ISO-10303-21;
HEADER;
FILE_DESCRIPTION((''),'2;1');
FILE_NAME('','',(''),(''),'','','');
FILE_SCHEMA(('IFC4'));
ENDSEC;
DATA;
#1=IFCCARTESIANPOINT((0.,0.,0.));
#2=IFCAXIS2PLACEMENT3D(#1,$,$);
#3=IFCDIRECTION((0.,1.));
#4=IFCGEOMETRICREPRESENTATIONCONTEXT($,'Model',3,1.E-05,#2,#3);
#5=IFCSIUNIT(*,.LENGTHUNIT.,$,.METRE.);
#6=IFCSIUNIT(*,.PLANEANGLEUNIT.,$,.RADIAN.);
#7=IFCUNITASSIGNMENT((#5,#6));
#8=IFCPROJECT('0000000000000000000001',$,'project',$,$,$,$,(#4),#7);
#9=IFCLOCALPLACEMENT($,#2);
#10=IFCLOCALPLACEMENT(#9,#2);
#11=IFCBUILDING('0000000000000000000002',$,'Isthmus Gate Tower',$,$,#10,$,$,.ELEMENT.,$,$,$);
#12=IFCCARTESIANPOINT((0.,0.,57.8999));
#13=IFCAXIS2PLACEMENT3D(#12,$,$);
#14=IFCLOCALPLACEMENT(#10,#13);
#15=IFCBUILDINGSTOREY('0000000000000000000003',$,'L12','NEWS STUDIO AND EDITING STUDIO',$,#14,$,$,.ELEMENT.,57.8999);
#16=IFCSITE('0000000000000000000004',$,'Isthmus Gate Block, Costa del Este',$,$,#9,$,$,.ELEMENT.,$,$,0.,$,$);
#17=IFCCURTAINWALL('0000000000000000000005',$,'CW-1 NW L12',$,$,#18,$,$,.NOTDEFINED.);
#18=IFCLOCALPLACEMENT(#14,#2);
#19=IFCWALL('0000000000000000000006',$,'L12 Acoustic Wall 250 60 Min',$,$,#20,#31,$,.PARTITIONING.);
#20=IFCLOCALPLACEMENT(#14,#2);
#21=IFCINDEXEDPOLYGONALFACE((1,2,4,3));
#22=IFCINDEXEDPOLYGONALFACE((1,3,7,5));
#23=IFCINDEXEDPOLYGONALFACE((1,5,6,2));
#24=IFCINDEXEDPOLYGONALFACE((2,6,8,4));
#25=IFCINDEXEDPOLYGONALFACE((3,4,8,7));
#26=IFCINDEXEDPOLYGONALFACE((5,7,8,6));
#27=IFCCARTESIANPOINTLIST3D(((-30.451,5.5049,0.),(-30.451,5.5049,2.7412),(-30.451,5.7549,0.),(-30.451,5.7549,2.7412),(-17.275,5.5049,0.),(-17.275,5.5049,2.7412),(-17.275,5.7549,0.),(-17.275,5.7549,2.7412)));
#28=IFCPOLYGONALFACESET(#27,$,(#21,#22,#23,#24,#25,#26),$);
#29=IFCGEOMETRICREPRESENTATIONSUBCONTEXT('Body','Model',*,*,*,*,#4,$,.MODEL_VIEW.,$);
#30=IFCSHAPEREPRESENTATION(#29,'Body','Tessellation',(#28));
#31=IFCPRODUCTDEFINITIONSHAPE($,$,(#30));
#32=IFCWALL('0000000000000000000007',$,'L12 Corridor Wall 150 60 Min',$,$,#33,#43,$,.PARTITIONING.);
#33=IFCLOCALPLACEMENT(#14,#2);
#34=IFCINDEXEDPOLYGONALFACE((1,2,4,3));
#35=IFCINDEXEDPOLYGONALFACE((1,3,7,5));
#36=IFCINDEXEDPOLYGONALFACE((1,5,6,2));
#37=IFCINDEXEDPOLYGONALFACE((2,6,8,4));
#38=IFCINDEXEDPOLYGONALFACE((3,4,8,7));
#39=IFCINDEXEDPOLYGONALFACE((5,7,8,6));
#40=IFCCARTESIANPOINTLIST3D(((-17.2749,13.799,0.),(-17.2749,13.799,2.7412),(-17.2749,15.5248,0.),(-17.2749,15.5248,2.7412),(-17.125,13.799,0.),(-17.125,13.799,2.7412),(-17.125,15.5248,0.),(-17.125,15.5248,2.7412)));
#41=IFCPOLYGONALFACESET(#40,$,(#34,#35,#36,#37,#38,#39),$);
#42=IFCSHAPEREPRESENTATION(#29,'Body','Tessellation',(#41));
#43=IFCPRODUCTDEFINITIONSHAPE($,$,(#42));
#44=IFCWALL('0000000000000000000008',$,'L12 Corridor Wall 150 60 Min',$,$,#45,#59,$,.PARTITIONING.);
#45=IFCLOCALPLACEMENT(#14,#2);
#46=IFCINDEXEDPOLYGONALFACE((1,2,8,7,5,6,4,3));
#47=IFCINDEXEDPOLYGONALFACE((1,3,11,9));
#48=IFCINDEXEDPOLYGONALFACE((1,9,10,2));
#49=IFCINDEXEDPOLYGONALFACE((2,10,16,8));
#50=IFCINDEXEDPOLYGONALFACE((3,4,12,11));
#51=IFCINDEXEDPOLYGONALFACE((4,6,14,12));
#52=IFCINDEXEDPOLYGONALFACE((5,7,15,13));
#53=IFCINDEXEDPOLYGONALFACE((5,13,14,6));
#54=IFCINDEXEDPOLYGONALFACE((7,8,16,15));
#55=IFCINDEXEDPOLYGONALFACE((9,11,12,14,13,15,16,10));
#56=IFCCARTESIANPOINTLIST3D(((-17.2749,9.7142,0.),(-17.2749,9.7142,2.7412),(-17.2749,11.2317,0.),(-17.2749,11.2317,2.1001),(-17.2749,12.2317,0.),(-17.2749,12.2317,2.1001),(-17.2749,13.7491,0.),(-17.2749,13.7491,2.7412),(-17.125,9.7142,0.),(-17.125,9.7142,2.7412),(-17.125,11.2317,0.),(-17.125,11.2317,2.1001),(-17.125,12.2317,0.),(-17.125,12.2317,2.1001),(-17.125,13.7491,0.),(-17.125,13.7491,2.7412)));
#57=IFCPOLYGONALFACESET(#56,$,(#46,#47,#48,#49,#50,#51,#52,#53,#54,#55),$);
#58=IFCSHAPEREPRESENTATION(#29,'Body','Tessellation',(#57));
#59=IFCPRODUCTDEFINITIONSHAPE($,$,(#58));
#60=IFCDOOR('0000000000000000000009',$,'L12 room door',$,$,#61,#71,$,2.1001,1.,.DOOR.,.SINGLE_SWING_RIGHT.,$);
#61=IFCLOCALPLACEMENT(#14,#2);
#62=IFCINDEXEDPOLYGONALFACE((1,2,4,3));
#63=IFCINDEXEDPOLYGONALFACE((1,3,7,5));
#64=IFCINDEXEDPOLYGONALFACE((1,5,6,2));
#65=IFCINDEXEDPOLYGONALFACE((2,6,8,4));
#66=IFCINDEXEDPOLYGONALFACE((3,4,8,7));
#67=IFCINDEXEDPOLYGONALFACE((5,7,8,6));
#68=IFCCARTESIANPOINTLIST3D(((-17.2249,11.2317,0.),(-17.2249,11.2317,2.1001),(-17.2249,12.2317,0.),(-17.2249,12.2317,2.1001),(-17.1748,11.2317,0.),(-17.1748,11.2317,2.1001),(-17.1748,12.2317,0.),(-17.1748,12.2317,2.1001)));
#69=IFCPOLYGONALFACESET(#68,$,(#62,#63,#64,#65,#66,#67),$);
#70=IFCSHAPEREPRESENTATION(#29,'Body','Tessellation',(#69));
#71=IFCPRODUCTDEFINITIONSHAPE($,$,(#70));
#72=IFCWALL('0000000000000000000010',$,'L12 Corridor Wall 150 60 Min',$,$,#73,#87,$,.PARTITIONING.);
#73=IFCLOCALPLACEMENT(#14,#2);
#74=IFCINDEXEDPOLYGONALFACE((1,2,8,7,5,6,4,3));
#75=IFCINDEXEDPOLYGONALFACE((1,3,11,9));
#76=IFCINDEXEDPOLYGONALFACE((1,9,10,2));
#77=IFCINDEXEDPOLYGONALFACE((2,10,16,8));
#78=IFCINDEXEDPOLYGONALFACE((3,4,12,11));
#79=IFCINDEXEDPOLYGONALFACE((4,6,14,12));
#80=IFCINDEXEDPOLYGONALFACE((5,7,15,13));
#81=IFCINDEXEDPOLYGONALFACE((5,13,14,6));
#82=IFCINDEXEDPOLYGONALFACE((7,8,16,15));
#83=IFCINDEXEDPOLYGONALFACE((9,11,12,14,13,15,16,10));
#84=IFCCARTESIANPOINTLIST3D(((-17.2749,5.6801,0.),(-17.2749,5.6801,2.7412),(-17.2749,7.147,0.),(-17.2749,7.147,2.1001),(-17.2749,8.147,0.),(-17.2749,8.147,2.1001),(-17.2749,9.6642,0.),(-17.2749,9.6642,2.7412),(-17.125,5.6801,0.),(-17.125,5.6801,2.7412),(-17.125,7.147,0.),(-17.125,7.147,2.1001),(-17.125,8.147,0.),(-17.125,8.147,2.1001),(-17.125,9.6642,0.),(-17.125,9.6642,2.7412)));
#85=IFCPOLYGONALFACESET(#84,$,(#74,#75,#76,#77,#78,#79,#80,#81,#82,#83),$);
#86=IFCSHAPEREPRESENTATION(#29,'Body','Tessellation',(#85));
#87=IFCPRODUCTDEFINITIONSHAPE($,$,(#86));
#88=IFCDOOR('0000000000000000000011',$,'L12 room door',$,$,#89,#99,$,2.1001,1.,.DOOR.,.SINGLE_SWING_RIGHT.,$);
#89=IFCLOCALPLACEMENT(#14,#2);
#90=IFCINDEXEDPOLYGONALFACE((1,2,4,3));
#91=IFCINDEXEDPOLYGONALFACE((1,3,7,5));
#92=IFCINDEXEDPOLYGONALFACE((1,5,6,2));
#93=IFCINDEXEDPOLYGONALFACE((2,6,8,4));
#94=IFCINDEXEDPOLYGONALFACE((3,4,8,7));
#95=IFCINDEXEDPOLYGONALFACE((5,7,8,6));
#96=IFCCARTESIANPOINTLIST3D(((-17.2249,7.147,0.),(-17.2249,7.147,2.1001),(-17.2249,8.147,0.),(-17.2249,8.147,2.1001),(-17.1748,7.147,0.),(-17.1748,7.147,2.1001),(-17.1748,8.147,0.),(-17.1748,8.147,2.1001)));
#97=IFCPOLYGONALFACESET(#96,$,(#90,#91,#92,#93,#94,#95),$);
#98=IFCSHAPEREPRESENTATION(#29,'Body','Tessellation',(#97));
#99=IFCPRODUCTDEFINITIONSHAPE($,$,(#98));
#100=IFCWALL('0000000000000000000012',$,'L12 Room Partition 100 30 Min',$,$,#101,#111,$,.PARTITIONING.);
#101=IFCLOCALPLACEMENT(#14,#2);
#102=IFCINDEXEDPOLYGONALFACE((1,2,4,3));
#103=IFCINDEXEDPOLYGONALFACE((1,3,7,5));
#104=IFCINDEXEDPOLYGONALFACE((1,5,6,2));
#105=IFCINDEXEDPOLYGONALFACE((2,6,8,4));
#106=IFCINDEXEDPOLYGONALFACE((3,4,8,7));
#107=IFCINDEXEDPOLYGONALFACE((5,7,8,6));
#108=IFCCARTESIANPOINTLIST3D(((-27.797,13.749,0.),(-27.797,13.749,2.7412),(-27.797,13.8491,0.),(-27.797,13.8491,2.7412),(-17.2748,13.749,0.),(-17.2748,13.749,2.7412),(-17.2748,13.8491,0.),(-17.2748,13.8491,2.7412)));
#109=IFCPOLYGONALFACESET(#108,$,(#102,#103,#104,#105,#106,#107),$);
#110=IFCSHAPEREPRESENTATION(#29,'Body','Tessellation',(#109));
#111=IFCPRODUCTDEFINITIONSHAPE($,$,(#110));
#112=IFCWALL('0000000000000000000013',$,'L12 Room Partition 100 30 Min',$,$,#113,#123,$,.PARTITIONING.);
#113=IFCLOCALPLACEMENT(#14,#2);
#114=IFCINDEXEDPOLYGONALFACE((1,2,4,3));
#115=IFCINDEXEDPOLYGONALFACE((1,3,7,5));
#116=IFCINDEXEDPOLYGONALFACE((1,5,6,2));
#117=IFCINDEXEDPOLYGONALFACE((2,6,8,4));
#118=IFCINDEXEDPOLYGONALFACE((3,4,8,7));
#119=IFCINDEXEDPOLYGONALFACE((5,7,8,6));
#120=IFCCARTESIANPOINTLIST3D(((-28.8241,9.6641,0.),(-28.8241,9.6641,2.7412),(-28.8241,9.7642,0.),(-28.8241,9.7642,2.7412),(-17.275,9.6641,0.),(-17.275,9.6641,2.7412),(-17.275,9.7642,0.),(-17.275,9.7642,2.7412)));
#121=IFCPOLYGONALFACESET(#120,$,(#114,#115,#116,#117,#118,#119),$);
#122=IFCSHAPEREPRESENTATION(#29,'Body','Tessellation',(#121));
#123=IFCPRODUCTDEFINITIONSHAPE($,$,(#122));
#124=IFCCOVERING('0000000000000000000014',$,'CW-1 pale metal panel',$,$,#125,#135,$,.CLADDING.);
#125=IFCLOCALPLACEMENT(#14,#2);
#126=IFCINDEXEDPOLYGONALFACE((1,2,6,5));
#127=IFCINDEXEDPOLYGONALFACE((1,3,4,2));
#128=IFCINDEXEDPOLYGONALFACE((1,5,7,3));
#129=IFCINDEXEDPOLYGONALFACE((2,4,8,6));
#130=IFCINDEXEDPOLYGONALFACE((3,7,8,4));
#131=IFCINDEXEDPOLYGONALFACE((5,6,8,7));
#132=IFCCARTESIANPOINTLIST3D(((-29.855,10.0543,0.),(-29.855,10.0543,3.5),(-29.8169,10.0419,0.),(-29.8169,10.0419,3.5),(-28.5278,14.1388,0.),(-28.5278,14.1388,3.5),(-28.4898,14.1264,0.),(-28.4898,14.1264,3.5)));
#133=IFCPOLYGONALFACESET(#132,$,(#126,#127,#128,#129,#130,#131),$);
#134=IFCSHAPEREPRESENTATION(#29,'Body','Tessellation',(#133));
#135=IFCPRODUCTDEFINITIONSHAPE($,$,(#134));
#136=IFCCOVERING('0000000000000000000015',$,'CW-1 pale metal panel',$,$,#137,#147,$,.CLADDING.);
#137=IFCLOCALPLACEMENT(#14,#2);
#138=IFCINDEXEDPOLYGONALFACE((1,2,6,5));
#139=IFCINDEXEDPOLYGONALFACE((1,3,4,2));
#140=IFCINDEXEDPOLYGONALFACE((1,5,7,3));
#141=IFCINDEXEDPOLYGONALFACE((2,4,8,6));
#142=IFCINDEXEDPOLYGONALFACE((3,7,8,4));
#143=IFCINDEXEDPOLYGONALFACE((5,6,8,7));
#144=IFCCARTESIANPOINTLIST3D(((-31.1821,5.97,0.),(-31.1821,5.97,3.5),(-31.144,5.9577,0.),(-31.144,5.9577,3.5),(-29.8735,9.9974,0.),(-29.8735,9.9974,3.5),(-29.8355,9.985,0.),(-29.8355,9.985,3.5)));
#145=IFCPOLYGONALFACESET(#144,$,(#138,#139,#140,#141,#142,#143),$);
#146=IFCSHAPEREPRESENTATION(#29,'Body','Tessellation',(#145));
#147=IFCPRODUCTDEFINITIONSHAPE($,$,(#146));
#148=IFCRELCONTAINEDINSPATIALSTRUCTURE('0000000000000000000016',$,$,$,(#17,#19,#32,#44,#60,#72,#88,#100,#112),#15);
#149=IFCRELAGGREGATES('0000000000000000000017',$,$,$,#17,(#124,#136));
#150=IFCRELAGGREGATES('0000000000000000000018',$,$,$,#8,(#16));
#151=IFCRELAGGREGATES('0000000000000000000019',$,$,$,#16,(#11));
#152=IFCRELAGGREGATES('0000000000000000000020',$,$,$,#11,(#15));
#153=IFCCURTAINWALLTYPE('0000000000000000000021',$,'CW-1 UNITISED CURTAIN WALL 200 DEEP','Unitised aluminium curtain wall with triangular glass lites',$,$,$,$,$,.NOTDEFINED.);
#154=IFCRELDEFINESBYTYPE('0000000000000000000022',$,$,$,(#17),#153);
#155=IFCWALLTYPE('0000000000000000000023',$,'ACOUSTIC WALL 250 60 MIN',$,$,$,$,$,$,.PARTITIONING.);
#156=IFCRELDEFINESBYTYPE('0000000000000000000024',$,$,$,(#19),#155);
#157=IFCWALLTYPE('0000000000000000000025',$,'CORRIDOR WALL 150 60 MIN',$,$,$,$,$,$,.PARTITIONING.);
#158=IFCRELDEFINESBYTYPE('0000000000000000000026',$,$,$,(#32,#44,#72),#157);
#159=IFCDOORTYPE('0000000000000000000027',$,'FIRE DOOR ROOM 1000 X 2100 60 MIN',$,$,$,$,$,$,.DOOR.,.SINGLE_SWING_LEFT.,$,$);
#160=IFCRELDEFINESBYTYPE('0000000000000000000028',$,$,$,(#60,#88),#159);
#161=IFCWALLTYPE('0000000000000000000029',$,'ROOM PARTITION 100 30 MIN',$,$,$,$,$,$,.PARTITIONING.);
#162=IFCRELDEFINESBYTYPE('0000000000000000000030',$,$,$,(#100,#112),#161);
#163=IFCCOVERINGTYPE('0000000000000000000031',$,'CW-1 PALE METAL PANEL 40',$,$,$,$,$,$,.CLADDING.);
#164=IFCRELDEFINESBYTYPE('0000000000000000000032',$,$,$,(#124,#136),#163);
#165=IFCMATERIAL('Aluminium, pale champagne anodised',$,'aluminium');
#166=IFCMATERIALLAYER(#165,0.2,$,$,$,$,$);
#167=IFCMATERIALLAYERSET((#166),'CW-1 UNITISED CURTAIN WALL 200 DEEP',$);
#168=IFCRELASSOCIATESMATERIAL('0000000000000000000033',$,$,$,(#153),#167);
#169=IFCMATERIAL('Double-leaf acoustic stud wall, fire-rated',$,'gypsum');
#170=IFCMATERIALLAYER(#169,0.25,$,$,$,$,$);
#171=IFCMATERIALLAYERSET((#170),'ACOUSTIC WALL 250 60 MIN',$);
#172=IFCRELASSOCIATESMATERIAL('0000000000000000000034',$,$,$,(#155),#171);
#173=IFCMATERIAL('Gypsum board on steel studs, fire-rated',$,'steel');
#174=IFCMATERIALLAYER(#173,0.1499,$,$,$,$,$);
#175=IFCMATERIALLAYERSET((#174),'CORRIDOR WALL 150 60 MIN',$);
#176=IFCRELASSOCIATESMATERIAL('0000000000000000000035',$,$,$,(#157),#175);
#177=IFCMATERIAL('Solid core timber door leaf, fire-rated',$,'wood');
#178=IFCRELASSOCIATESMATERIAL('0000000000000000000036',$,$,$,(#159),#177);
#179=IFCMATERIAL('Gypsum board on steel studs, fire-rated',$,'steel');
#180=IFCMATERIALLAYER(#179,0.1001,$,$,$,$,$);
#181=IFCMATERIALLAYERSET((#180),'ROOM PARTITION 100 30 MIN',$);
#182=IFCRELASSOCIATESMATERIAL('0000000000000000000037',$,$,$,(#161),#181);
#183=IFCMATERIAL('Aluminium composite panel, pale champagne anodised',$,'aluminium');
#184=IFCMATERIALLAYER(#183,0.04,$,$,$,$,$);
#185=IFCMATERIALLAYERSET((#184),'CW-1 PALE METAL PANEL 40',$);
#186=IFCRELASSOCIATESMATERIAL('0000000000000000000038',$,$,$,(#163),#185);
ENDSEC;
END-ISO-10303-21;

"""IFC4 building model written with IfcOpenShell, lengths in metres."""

from ifc_helpers import new_model, si_unit, direction, frame, frame_2d, origin, origin_2d, place, context, subcontext, project, spatial, rectangle, extrude, material, layer, layer_set, type_object, element, fill, aggregate, save


model = new_model("IFC4")

# Units and contexts
model_context = context("Model", 3, precision=1e-05, world=origin(), true_north=direction((0.0, 1.0)))
body_context = subcontext(model_context, "Body", "Model", "MODEL_VIEW")
ifc_project = project(units=[si_unit("LENGTHUNIT", "METRE"), si_unit("PLANEANGLEUNIT", "RADIAN")], contexts=[model_context])

# Site, building, storey
site_placement = place(None, origin())
site = spatial("IfcSite", under=ifc_project, at=site_placement, Name="Isthmus Gate Block, Costa del Este", CompositionType="ELEMENT", RefElevation=0.0)
building_placement = place(site_placement, origin())
building = spatial("IfcBuilding", under=site, at=building_placement, Name="Isthmus Gate Tower", CompositionType="ELEMENT")
storey_placement = place(building_placement, frame((0.0, 0.0, 57.8999)))
storey = spatial("IfcBuildingStorey", under=building, at=storey_placement, Name="L12", Description="NEWS STUDIO AND EDITING STUDIO", CompositionType="ELEMENT", Elevation=57.8999)

# Curtain wall
ifc_material_1 = material(Name="Aluminium, pale champagne anodised", Category="aluminium")
ifc_layer_1 = layer(ifc_material_1, 0.2)
ifc_layer_set_1 = layer_set([ifc_layer_1], Name="CW-1 UNITISED CURTAIN WALL 200 DEEP")
curtain_wall_type = type_object("IfcCurtainWallType", Name="CW-1 UNITISED CURTAIN WALL 200 DEEP", Description="Unitised aluminium curtain wall with triangular glass lites", PredefinedType="NOTDEFINED", material=ifc_layer_set_1)
curtain_wall_placement = place(storey_placement, origin())
curtain_wall = element("IfcCurtainWall", 1, at=curtain_wall_placement, inside=storey, type_object=curtain_wall_type, Name="CW-1 NW L12", PredefinedType="NOTDEFINED")

# Walls
ifc_material_2 = material(Name="Double-leaf acoustic stud wall, fire-rated", Category="gypsum")
ifc_layer_2 = layer(ifc_material_2, 0.25)
ifc_layer_set_2 = layer_set([ifc_layer_2], Name="ACOUSTIC WALL 250 60 MIN")
wall_type_1 = type_object("IfcWallType", Name="ACOUSTIC WALL 250 60 MIN", PredefinedType="PARTITIONING", material=ifc_layer_set_2)
wall_1_placement = place(storey_placement, frame((-30.4509, 5.6299, 0.0), z_axis=(0.0, 0.0, 1.0), x_axis=(1.0, 0.0, 0.0)))
element("IfcWall", 2, at=wall_1_placement, inside=storey, type_object=wall_type_1, Name="L12 Acoustic Wall 250 60 Min", PredefinedType="PARTITIONING", context=body_context, shape_type="SweptSolid", body=[
    extrude(rectangle(XDim=13.176, YDim=0.25, at=frame_2d((6.5879, 0.0))), origin(), (0.0, 0.0, 1.0), 2.7412),
])
ifc_material_3 = material(Name="Gypsum board on steel studs, fire-rated", Category="steel")
ifc_layer_3 = layer(ifc_material_3, 0.1499)
ifc_layer_set_3 = layer_set([ifc_layer_3], Name="CORRIDOR WALL 150 60 MIN")
wall_type_2 = type_object("IfcWallType", Name="CORRIDOR WALL 150 60 MIN", PredefinedType="PARTITIONING", material=ifc_layer_set_3)
wall_2_placement = place(storey_placement, frame((-17.2, 13.7991, 0.0), z_axis=(0.0, 0.0, 1.0), x_axis=(0.0, 1.0, 0.0)))
element("IfcWall", 3, at=wall_2_placement, inside=storey, type_object=wall_type_2, Name="L12 Corridor Wall 150 60 Min", PredefinedType="PARTITIONING", context=body_context, shape_type="SweptSolid", body=[
    extrude(rectangle(XDim=1.7258, YDim=0.1499, at=frame_2d((0.8628, 0.0))), origin(), (0.0, 0.0, 1.0), 2.7412),
])

# Walls, openings, doors
wall_3_placement = place(storey_placement, frame((-17.2, 9.7141, 0.0), z_axis=(0.0, 0.0, 1.0), x_axis=(0.0, 1.0, 0.0)))
wall_3 = element("IfcWall", 4, at=wall_3_placement, inside=storey, type_object=wall_type_2, Name="L12 Corridor Wall 150 60 Min", PredefinedType="PARTITIONING", context=body_context, shape_type="SweptSolid", body=[
    extrude(rectangle(XDim=4.0349, YDim=0.1499, at=frame_2d((2.0176, 0.0))), origin(), (0.0, 0.0, 1.0), 2.7412),
])
opening_1_placement = place(wall_3_placement, frame((1.5176, 0.0, 0.0)))
opening_1 = element("IfcOpeningElement", 5, at=opening_1_placement, cuts=wall_3, PredefinedType="OPENING", context=body_context, shape_type="SweptSolid", body=[
    extrude(rectangle(XDim=1.0, YDim=2.1001, at=frame_2d((0.5, 1.05))), frame((0.0, 0.085, 0.0), z_axis=(0.0, -1.0, 0.0), x_axis=(1.0, 0.0, 0.0)), (0.0, 0.0, 1.0), 0.1699),
])
ifc_material_4 = material(Name="Solid core timber door leaf, fire-rated", Category="wood")
door_type = type_object("IfcDoorType", Name="FIRE DOOR ROOM 1000 X 2100 60 MIN", OperationType="SINGLE_SWING_LEFT", PredefinedType="DOOR", material=ifc_material_4)
door_1_placement = place(opening_1_placement, origin())
door_1 = element("IfcDoor", 6, at=door_1_placement, inside=storey, type_object=door_type, Name="L12 room door", OperationType="SINGLE_SWING_RIGHT", OverallHeight=2.1001, OverallWidth=1.0, PredefinedType="DOOR", context=body_context, shape_type="SweptSolid", body=[
    extrude(rectangle(XDim=1.0, YDim=2.1001, at=frame_2d((0.5, 1.05))), frame((0.0, 0.0249, 0.0), z_axis=(0.0, -1.0, 0.0), x_axis=(1.0, 0.0, 0.0)), (0.0, 0.0, 1.0), 0.05),
])
fill(opening_1, door_1)
wall_4_placement = place(storey_placement, frame((-17.2, 5.6799, 0.0), z_axis=(0.0, 0.0, 1.0), x_axis=(0.0, 1.0, 0.0)))
wall_4 = element("IfcWall", 7, at=wall_4_placement, inside=storey, type_object=wall_type_2, Name="L12 Corridor Wall 150 60 Min", PredefinedType="PARTITIONING", context=body_context, shape_type="SweptSolid", body=[
    extrude(rectangle(XDim=3.9841, YDim=0.1499, at=frame_2d((1.9922, 0.0))), origin(), (0.0, 0.0, 1.0), 2.7412),
])
opening_2_placement = place(wall_4_placement, frame((1.467, 0.0, 0.0)))
opening_2 = element("IfcOpeningElement", 8, at=opening_2_placement, cuts=wall_4, PredefinedType="OPENING", context=body_context, shape_type="SweptSolid", body=[
    extrude(rectangle(XDim=1.0, YDim=2.1001, at=frame_2d((0.5, 1.05))), frame((0.0, 0.085, 0.0), z_axis=(0.0, -1.0, 0.0), x_axis=(1.0, 0.0, 0.0)), (0.0, 0.0, 1.0), 0.1699),
])
door_2_placement = place(opening_2_placement, origin())
door_2 = element("IfcDoor", 9, at=door_2_placement, inside=storey, type_object=door_type, Name="L12 room door", OperationType="SINGLE_SWING_RIGHT", OverallHeight=2.1001, OverallWidth=1.0, PredefinedType="DOOR", context=body_context, shape_type="SweptSolid", body=[
    extrude(rectangle(XDim=1.0, YDim=2.1001, at=frame_2d((0.5, 1.05))), frame((0.0, 0.0249, 0.0), z_axis=(0.0, -1.0, 0.0), x_axis=(1.0, 0.0, 0.0)), (0.0, 0.0, 1.0), 0.05),
])
fill(opening_2, door_2)

# Walls
ifc_material_5 = material(Name="Gypsum board on steel studs, fire-rated", Category="steel")
ifc_layer_4 = layer(ifc_material_5, 0.1001)
ifc_layer_set_4 = layer_set([ifc_layer_4], Name="ROOM PARTITION 100 30 MIN")
wall_type_3 = type_object("IfcWallType", Name="ROOM PARTITION 100 30 MIN", PredefinedType="PARTITIONING", material=ifc_layer_set_4)
wall_5_placement = place(storey_placement, frame((-27.7971, 13.7991, 0.0), z_axis=(0.0, 0.0, 1.0), x_axis=(1.0, 0.0, 0.0)))
element("IfcWall", 10, at=wall_5_placement, inside=storey, type_object=wall_type_3, Name="L12 Room Partition 100 30 Min", PredefinedType="PARTITIONING", context=body_context, shape_type="SweptSolid", body=[
    extrude(rectangle(XDim=10.5222, YDim=0.1001, at=frame_2d((5.2612, 0.0))), origin(), (0.0, 0.0, 1.0), 2.7412),
])
wall_6_placement = place(storey_placement, frame((-28.824, 9.7141, 0.0), z_axis=(0.0, 0.0, 1.0), x_axis=(1.0, 0.0, 0.0)))
element("IfcWall", 11, at=wall_6_placement, inside=storey, type_object=wall_type_3, Name="L12 Room Partition 100 30 Min", PredefinedType="PARTITIONING", context=body_context, shape_type="SweptSolid", body=[
    extrude(rectangle(XDim=11.5491, YDim=0.1001, at=frame_2d((5.7744, 0.0))), origin(), (0.0, 0.0, 1.0), 2.7412),
])

# Coverings
ifc_material_6 = material(Name="Aluminium composite panel, pale champagne anodised", Category="aluminium")
ifc_layer_5 = layer(ifc_material_6, 0.04)
ifc_layer_set_5 = layer_set([ifc_layer_5], Name="CW-1 PALE METAL PANEL 40")
covering_type = type_object("IfcCoveringType", Name="CW-1 PALE METAL PANEL 40", PredefinedType="CLADDING", material=ifc_layer_set_5)
covering_1_placement = place(storey_placement, frame((-29.1724, 12.0903, 0.0), z_axis=(0.0, 0.0, 1.0), x_axis=(-0.309017, -0.951057, 0.0)))
covering_1 = element("IfcCovering", 12, at=covering_1_placement, type_object=covering_type, Name="CW-1 pale metal panel", PredefinedType="CLADDING", context=body_context, shape_type="SweptSolid", body=[
    extrude(rectangle(XDim=4.2947, YDim=0.04, at=origin_2d()), origin(), (0.0, 0.0, 1.0), 3.5),
])
covering_2_placement = place(storey_placement, frame((-30.5088, 7.9775, 0.0), z_axis=(0.0, 0.0, 1.0), x_axis=(-0.309017, -0.951057, 0.0)))
covering_2 = element("IfcCovering", 13, at=covering_2_placement, type_object=covering_type, Name="CW-1 pale metal panel", PredefinedType="CLADDING", context=body_context, shape_type="SweptSolid", body=[
    extrude(rectangle(XDim=4.2346, YDim=0.04, at=origin_2d()), origin(), (0.0, 0.0, 1.0), 3.5),
])
aggregate(curtain_wall, [covering_1, covering_2])

save(model, "model.ifc")
